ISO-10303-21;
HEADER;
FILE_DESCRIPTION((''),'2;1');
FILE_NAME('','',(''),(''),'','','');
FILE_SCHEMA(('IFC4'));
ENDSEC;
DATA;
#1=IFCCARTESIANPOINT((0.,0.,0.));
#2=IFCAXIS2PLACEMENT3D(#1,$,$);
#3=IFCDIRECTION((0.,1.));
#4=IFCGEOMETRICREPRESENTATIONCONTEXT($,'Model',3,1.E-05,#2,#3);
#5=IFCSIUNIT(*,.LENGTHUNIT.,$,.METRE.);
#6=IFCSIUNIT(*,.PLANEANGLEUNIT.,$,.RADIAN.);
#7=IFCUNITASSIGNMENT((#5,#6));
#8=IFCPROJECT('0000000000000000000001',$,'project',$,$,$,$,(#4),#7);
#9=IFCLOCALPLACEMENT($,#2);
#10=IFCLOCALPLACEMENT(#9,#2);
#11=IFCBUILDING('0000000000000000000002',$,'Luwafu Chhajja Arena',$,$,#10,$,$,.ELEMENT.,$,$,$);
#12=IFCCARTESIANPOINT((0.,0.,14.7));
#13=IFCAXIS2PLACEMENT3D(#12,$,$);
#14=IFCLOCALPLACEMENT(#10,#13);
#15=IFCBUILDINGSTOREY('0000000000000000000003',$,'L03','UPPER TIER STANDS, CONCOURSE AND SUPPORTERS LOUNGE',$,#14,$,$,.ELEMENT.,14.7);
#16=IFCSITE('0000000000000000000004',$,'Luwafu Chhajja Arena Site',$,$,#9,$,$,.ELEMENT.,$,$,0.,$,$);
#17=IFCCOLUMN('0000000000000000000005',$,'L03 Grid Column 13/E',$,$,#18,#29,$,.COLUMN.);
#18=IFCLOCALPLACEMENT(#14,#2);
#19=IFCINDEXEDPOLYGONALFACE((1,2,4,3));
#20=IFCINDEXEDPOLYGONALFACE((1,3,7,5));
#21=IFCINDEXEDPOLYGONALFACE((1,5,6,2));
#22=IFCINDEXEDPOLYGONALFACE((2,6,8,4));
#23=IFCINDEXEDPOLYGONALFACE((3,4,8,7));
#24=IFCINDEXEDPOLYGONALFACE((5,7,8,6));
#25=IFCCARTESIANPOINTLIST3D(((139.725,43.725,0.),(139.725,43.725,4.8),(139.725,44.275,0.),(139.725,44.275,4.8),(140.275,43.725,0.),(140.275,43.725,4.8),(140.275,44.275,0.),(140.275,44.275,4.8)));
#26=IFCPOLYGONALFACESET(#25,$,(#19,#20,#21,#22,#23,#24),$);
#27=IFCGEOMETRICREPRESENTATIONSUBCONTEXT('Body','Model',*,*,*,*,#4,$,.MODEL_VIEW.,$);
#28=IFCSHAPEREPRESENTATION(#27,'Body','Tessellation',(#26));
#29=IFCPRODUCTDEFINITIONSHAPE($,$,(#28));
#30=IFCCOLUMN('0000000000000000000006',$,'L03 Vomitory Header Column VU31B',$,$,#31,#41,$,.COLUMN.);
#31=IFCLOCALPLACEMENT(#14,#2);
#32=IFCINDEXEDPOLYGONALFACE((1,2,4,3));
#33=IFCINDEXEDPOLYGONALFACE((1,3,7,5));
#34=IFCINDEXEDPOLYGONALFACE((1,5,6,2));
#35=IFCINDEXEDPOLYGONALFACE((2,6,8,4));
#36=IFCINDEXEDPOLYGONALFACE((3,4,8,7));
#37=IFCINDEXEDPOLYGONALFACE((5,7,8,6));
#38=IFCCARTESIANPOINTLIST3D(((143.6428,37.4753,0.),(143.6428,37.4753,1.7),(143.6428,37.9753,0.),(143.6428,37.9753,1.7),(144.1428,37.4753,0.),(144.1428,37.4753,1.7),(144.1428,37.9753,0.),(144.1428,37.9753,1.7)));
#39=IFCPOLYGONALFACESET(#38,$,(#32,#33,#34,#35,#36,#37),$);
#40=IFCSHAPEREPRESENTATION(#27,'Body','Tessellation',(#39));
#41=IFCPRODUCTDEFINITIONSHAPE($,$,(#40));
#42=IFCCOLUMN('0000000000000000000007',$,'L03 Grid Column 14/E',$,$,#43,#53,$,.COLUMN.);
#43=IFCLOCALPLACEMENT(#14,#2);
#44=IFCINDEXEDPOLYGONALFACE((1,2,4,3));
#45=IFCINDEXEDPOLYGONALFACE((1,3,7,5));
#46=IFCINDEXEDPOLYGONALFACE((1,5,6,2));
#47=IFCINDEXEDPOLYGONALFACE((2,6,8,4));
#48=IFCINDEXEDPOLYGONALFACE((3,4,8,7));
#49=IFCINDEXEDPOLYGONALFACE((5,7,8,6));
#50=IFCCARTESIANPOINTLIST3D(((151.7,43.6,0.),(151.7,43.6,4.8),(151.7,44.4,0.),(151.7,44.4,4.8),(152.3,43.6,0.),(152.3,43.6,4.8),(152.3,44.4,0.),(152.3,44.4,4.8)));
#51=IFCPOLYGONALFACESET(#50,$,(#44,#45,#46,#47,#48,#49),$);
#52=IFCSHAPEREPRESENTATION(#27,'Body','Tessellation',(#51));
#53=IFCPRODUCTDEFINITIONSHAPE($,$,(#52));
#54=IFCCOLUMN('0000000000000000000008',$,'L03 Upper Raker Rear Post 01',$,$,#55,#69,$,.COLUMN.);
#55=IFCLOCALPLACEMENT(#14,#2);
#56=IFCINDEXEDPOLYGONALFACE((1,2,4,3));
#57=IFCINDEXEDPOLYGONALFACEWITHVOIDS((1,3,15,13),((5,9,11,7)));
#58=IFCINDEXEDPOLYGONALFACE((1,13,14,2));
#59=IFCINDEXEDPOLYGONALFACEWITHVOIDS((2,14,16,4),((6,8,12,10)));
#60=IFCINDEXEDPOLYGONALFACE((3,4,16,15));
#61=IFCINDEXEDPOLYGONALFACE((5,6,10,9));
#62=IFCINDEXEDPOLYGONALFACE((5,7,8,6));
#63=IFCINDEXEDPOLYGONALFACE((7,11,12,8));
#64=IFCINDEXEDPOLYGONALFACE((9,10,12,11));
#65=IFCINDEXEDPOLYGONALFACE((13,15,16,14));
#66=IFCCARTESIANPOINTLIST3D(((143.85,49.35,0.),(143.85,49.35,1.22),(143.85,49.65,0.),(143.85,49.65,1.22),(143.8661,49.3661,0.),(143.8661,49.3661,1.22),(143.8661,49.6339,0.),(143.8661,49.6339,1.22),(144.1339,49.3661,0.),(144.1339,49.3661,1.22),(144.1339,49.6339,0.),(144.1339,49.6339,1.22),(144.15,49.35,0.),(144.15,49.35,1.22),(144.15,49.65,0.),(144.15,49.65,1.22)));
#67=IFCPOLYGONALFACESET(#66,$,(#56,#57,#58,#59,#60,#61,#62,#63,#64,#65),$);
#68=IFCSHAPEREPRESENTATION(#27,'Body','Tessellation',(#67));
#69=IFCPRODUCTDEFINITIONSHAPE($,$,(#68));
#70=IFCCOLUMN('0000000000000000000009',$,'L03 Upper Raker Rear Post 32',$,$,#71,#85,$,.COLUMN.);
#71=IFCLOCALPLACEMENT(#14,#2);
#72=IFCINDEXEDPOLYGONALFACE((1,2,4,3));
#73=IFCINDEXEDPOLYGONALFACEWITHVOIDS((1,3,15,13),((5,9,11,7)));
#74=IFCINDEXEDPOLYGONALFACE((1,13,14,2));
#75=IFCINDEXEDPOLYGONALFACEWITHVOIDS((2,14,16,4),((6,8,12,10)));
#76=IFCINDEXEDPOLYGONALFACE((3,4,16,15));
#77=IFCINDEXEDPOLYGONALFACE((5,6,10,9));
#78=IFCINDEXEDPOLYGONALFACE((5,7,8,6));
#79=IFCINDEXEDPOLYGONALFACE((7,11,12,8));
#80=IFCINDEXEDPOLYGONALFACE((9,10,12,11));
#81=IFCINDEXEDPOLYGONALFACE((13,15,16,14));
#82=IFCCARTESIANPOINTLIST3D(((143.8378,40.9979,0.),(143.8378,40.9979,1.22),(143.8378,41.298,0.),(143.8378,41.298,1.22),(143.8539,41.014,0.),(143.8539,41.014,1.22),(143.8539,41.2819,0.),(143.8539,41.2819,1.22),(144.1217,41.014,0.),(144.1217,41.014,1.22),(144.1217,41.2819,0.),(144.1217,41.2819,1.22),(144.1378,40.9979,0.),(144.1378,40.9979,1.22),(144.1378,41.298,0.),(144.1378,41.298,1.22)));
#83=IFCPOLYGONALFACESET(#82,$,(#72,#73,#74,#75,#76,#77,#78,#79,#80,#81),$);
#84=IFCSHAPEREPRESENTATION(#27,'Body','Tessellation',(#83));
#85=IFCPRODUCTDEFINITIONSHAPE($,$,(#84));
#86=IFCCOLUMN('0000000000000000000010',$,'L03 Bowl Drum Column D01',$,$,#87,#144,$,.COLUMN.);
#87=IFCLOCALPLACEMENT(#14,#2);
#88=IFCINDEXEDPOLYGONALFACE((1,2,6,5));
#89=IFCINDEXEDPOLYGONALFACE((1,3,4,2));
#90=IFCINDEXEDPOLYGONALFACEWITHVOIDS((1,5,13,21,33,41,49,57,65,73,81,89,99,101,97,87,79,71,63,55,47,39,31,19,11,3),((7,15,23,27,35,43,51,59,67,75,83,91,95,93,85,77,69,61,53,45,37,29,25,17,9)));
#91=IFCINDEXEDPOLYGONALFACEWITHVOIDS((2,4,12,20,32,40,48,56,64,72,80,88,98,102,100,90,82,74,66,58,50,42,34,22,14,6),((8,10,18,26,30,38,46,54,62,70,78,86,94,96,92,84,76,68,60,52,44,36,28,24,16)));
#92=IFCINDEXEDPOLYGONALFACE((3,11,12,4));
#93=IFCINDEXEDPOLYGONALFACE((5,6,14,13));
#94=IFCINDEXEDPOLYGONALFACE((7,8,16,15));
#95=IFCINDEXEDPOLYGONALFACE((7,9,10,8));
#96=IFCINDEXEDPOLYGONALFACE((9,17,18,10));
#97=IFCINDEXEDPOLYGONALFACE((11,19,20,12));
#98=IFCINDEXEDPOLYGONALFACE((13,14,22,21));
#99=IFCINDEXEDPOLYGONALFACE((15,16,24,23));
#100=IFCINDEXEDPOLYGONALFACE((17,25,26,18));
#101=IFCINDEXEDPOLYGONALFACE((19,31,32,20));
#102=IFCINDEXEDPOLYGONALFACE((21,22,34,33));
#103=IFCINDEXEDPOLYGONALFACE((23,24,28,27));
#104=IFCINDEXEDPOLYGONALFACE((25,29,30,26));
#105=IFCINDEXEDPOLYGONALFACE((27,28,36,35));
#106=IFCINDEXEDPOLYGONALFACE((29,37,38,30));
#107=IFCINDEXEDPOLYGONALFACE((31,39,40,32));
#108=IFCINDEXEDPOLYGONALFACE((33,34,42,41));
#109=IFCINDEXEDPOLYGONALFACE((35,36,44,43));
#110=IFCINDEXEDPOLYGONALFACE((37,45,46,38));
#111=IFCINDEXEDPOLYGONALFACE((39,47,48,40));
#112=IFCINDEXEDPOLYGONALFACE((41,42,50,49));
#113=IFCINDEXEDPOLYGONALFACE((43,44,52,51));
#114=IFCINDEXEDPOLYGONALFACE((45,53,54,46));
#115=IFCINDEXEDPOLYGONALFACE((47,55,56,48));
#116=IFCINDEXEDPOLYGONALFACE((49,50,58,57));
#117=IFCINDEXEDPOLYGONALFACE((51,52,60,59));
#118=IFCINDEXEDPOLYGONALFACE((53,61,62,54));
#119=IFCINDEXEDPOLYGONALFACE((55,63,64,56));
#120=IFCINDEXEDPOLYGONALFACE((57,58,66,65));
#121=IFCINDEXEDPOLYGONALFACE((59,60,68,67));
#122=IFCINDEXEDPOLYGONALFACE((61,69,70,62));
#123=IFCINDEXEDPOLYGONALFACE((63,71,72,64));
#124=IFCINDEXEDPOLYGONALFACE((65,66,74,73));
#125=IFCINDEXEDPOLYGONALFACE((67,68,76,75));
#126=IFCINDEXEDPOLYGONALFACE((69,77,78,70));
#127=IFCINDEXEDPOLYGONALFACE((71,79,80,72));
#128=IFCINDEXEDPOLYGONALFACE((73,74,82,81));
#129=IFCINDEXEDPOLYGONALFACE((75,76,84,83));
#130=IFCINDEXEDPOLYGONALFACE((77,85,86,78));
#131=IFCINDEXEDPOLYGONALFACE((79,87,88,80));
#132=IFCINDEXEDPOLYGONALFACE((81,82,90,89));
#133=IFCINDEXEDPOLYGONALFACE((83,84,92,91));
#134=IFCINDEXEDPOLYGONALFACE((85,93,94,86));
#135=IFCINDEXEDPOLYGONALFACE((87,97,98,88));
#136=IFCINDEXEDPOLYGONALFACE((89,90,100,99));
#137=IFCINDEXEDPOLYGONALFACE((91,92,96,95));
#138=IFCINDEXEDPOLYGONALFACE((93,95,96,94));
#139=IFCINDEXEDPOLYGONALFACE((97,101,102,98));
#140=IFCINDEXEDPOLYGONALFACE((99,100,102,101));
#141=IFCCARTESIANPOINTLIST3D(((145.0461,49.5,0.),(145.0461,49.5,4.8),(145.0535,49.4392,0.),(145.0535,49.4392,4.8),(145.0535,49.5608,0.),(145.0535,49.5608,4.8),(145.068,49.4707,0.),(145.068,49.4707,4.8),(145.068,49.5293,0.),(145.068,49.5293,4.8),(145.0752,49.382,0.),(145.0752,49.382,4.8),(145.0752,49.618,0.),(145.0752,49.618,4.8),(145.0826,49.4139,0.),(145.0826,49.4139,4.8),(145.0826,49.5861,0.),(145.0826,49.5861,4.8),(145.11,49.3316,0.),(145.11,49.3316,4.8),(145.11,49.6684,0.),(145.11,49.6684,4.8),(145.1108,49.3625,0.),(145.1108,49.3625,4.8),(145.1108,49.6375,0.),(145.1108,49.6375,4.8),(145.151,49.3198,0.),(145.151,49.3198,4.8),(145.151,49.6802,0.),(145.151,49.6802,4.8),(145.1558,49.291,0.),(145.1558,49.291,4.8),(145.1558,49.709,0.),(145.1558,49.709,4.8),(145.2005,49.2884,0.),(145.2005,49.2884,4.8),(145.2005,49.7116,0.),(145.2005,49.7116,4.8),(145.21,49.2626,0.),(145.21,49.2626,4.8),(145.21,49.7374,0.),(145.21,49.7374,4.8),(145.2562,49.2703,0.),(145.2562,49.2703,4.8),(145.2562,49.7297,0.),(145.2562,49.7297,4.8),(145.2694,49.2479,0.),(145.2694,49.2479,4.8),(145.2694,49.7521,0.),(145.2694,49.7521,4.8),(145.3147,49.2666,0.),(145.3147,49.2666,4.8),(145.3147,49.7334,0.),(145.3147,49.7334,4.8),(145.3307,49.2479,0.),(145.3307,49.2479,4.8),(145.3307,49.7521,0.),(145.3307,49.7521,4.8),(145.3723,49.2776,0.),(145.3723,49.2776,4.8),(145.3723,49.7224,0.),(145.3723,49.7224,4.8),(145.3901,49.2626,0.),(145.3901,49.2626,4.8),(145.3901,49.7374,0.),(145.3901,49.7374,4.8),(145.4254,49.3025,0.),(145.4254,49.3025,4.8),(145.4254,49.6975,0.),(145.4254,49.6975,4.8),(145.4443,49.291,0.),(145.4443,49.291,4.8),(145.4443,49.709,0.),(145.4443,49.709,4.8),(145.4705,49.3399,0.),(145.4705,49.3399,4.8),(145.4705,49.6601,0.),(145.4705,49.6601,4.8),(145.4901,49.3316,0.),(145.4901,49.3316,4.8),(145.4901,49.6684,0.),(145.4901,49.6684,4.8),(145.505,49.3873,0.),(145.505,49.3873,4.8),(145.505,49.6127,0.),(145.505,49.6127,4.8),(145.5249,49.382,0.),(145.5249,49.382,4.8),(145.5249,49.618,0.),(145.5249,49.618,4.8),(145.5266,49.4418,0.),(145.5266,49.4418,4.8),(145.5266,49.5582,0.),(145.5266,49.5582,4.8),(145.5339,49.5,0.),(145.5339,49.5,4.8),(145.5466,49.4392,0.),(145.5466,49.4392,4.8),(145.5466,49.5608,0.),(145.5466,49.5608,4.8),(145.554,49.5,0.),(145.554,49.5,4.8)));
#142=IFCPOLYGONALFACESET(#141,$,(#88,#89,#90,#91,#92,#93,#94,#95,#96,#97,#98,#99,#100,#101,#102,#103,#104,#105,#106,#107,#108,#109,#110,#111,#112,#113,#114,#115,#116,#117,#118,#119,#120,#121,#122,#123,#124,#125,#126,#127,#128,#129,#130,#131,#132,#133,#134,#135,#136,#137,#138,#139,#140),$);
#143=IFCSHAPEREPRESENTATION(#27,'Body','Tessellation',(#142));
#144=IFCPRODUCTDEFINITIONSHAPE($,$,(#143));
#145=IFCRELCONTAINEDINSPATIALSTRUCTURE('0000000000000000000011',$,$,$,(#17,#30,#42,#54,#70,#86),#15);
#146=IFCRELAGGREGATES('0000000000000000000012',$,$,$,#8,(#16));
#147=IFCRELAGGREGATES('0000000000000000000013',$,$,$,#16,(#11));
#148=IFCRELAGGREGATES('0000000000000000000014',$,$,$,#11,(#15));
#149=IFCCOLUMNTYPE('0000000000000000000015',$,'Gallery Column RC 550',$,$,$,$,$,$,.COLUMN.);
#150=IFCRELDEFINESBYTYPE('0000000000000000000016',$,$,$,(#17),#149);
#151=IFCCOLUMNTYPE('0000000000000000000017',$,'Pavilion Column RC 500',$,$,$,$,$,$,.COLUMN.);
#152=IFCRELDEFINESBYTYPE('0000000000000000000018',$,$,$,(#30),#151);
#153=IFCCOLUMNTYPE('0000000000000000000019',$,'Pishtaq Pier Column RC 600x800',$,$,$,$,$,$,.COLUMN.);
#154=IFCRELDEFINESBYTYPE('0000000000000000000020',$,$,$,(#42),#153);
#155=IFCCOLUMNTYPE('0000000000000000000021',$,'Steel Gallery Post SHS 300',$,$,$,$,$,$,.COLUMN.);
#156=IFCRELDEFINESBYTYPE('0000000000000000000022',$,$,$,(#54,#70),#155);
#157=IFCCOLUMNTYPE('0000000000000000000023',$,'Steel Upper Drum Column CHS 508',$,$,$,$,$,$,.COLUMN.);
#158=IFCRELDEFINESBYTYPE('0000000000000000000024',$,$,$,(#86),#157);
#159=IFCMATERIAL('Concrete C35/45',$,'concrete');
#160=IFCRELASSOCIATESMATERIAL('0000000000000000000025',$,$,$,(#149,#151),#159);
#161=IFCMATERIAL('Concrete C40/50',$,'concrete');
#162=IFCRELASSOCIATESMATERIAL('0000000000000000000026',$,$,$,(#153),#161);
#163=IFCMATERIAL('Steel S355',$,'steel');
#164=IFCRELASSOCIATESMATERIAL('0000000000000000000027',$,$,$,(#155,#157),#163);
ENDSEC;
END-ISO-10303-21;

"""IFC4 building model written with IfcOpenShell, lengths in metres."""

from ifc_helpers import new_model, si_unit, direction, frame, origin, origin_2d, place, context, subcontext, project, spatial, rectangle, hollow_rectangle, hollow_circle, extrude, material, material_profile, profile_set, type_object, element, save


model = new_model("IFC4")

# Units and contexts
model_context = context("Model", 3, precision=1e-05, world=origin(), true_north=direction((0.0, 1.0)))
body_context = subcontext(model_context, "Body", "Model", "MODEL_VIEW")
ifc_project = project(units=[si_unit("LENGTHUNIT", "METRE"), si_unit("PLANEANGLEUNIT", "RADIAN")], contexts=[model_context])

# Site, building, storey
site_placement = place(None, origin())
site = spatial("IfcSite", under=ifc_project, at=site_placement, Name="Luwafu Chhajja Arena Site", CompositionType="ELEMENT", RefElevation=0.0)
building_placement = place(site_placement, origin())
building = spatial("IfcBuilding", under=site, at=building_placement, Name="Luwafu Chhajja Arena", CompositionType="ELEMENT")
storey_placement = place(building_placement, frame((0.0, 0.0, 14.7)))
storey = spatial("IfcBuildingStorey", under=building, at=storey_placement, Name="L03", Description="UPPER TIER STANDS, CONCOURSE AND SUPPORTERS LOUNGE", CompositionType="ELEMENT", Elevation=14.7)

# Columns
ifc_material_1 = material(Name="Concrete C35/45", Category="concrete")
ifc_material_profile_1 = material_profile(ifc_material_1, rectangle(XDim=0.55, YDim=0.55, at=origin_2d()), Name="RC 550x550")
ifc_profile_set_1 = profile_set([ifc_material_profile_1], Name="Concrete C35/45")
column_type_1 = type_object("IfcColumnType", Name="Gallery Column RC 550", PredefinedType="COLUMN", material=ifc_profile_set_1)
column_1_placement = place(storey_placement, frame((140.0, 44.0, 0.0), z_axis=(0.0, 0.0, 1.0), x_axis=(1.0, 0.0, 0.0)))
element("IfcColumn", 1, at=column_1_placement, inside=storey, type_object=column_type_1, Name="L03 Grid Column 13/E", PredefinedType="COLUMN", context=body_context, shape_type="SweptSolid", body=[
    extrude(rectangle(XDim=0.55, YDim=0.55, at=origin_2d()), origin(), (0.0, 0.0, 1.0), 4.8),
])
ifc_material_profile_2 = material_profile(ifc_material_1, rectangle(XDim=0.5, YDim=0.5, at=origin_2d()), Name="RC 500x500")
ifc_profile_set_2 = profile_set([ifc_material_profile_2], Name="Concrete C35/45")
column_type_2 = type_object("IfcColumnType", Name="Pavilion Column RC 500", PredefinedType="COLUMN", material=ifc_profile_set_2)
column_2_placement = place(storey_placement, frame((143.8928, 37.7253, 0.0), z_axis=(0.0, 0.0, 1.0), x_axis=(1.0, 0.0, 0.0)))
element("IfcColumn", 2, at=column_2_placement, inside=storey, type_object=column_type_2, Name="L03 Vomitory Header Column VU31B", PredefinedType="COLUMN", context=body_context, shape_type="SweptSolid", body=[
    extrude(rectangle(XDim=0.5, YDim=0.5, at=origin_2d()), origin(), (0.0, 0.0, 1.0), 1.7),
])
ifc_material_2 = material(Name="Concrete C40/50", Category="concrete")
ifc_material_profile_3 = material_profile(ifc_material_2, rectangle(XDim=0.6001, YDim=0.8, at=origin_2d()), Name="RC 600x800")
ifc_profile_set_3 = profile_set([ifc_material_profile_3], Name="Concrete C40/50")
column_type_3 = type_object("IfcColumnType", Name="Pishtaq Pier Column RC 600x800", PredefinedType="COLUMN", material=ifc_profile_set_3)
column_3_placement = place(storey_placement, frame((152.0, 44.0, 0.0), z_axis=(0.0, 0.0, 1.0), x_axis=(1.0, 0.0, 0.0)))
element("IfcColumn", 3, at=column_3_placement, inside=storey, type_object=column_type_3, Name="L03 Grid Column 14/E", PredefinedType="COLUMN", context=body_context, shape_type="SweptSolid", body=[
    extrude(rectangle(XDim=0.6001, YDim=0.8, at=origin_2d()), origin(), (0.0, 0.0, 1.0), 4.8),
])
ifc_material_3 = material(Name="Steel S355", Category="steel")
ifc_material_profile_4 = material_profile(ifc_material_3, hollow_rectangle(XDim=0.3, YDim=0.3, WallThickness=0.0161, at=origin_2d()), Name="SHS 300x300x16")
ifc_profile_set_4 = profile_set([ifc_material_profile_4], Name="Steel S355")
column_type_4 = type_object("IfcColumnType", Name="Steel Gallery Post SHS 300", PredefinedType="COLUMN", material=ifc_profile_set_4)
for number, where, z_axis, x_axis, name in (
    (4, (144.0, 49.5, 0.0), (0.0, 0.0, 1.0), (1.0, 0.0, 0.0), "L03 Upper Raker Rear Post 01"),
    (5, (143.9878, 41.1479, 0.0), (0.0, 0.0, 1.0), (1.0, 0.0, 0.0), "L03 Upper Raker Rear Post 32"),
):
    element("IfcColumn", number, at=place(storey_placement, frame(where, z_axis=z_axis, x_axis=x_axis)), inside=storey, type_object=column_type_4, Name=name, PredefinedType="COLUMN", context=body_context, shape_type="SweptSolid", body=[
        extrude(hollow_rectangle(XDim=0.3, YDim=0.3, WallThickness=0.0161, at=origin_2d()), origin(), (0.0, 0.0, 1.0), 1.22),
    ])
ifc_material_profile_5 = material_profile(ifc_material_3, hollow_circle(Radius=0.2539, WallThickness=0.02, at=origin_2d()), Name="CHS 508x20")
ifc_profile_set_5 = profile_set([ifc_material_profile_5], Name="Steel S355")
column_type_5 = type_object("IfcColumnType", Name="Steel Upper Drum Column CHS 508", PredefinedType="COLUMN", material=ifc_profile_set_5)
for number, where, z_axis, x_axis, name in (
    (6, (145.3, 49.5, 0.0), (0.0, 0.0, 1.0), (1.0, 0.0, 0.0), "L03 Bowl Drum Column D01"),
):
    element("IfcColumn", number, at=place(storey_placement, frame(where, z_axis=z_axis, x_axis=x_axis)), inside=storey, type_object=column_type_5, Name=name, PredefinedType="COLUMN", context=body_context, shape_type="SweptSolid", body=[
        extrude(hollow_circle(Radius=0.2539, WallThickness=0.02, at=origin_2d()), origin(), (0.0, 0.0, 1.0), 4.8),
    ])

save(model, "model.ifc")
